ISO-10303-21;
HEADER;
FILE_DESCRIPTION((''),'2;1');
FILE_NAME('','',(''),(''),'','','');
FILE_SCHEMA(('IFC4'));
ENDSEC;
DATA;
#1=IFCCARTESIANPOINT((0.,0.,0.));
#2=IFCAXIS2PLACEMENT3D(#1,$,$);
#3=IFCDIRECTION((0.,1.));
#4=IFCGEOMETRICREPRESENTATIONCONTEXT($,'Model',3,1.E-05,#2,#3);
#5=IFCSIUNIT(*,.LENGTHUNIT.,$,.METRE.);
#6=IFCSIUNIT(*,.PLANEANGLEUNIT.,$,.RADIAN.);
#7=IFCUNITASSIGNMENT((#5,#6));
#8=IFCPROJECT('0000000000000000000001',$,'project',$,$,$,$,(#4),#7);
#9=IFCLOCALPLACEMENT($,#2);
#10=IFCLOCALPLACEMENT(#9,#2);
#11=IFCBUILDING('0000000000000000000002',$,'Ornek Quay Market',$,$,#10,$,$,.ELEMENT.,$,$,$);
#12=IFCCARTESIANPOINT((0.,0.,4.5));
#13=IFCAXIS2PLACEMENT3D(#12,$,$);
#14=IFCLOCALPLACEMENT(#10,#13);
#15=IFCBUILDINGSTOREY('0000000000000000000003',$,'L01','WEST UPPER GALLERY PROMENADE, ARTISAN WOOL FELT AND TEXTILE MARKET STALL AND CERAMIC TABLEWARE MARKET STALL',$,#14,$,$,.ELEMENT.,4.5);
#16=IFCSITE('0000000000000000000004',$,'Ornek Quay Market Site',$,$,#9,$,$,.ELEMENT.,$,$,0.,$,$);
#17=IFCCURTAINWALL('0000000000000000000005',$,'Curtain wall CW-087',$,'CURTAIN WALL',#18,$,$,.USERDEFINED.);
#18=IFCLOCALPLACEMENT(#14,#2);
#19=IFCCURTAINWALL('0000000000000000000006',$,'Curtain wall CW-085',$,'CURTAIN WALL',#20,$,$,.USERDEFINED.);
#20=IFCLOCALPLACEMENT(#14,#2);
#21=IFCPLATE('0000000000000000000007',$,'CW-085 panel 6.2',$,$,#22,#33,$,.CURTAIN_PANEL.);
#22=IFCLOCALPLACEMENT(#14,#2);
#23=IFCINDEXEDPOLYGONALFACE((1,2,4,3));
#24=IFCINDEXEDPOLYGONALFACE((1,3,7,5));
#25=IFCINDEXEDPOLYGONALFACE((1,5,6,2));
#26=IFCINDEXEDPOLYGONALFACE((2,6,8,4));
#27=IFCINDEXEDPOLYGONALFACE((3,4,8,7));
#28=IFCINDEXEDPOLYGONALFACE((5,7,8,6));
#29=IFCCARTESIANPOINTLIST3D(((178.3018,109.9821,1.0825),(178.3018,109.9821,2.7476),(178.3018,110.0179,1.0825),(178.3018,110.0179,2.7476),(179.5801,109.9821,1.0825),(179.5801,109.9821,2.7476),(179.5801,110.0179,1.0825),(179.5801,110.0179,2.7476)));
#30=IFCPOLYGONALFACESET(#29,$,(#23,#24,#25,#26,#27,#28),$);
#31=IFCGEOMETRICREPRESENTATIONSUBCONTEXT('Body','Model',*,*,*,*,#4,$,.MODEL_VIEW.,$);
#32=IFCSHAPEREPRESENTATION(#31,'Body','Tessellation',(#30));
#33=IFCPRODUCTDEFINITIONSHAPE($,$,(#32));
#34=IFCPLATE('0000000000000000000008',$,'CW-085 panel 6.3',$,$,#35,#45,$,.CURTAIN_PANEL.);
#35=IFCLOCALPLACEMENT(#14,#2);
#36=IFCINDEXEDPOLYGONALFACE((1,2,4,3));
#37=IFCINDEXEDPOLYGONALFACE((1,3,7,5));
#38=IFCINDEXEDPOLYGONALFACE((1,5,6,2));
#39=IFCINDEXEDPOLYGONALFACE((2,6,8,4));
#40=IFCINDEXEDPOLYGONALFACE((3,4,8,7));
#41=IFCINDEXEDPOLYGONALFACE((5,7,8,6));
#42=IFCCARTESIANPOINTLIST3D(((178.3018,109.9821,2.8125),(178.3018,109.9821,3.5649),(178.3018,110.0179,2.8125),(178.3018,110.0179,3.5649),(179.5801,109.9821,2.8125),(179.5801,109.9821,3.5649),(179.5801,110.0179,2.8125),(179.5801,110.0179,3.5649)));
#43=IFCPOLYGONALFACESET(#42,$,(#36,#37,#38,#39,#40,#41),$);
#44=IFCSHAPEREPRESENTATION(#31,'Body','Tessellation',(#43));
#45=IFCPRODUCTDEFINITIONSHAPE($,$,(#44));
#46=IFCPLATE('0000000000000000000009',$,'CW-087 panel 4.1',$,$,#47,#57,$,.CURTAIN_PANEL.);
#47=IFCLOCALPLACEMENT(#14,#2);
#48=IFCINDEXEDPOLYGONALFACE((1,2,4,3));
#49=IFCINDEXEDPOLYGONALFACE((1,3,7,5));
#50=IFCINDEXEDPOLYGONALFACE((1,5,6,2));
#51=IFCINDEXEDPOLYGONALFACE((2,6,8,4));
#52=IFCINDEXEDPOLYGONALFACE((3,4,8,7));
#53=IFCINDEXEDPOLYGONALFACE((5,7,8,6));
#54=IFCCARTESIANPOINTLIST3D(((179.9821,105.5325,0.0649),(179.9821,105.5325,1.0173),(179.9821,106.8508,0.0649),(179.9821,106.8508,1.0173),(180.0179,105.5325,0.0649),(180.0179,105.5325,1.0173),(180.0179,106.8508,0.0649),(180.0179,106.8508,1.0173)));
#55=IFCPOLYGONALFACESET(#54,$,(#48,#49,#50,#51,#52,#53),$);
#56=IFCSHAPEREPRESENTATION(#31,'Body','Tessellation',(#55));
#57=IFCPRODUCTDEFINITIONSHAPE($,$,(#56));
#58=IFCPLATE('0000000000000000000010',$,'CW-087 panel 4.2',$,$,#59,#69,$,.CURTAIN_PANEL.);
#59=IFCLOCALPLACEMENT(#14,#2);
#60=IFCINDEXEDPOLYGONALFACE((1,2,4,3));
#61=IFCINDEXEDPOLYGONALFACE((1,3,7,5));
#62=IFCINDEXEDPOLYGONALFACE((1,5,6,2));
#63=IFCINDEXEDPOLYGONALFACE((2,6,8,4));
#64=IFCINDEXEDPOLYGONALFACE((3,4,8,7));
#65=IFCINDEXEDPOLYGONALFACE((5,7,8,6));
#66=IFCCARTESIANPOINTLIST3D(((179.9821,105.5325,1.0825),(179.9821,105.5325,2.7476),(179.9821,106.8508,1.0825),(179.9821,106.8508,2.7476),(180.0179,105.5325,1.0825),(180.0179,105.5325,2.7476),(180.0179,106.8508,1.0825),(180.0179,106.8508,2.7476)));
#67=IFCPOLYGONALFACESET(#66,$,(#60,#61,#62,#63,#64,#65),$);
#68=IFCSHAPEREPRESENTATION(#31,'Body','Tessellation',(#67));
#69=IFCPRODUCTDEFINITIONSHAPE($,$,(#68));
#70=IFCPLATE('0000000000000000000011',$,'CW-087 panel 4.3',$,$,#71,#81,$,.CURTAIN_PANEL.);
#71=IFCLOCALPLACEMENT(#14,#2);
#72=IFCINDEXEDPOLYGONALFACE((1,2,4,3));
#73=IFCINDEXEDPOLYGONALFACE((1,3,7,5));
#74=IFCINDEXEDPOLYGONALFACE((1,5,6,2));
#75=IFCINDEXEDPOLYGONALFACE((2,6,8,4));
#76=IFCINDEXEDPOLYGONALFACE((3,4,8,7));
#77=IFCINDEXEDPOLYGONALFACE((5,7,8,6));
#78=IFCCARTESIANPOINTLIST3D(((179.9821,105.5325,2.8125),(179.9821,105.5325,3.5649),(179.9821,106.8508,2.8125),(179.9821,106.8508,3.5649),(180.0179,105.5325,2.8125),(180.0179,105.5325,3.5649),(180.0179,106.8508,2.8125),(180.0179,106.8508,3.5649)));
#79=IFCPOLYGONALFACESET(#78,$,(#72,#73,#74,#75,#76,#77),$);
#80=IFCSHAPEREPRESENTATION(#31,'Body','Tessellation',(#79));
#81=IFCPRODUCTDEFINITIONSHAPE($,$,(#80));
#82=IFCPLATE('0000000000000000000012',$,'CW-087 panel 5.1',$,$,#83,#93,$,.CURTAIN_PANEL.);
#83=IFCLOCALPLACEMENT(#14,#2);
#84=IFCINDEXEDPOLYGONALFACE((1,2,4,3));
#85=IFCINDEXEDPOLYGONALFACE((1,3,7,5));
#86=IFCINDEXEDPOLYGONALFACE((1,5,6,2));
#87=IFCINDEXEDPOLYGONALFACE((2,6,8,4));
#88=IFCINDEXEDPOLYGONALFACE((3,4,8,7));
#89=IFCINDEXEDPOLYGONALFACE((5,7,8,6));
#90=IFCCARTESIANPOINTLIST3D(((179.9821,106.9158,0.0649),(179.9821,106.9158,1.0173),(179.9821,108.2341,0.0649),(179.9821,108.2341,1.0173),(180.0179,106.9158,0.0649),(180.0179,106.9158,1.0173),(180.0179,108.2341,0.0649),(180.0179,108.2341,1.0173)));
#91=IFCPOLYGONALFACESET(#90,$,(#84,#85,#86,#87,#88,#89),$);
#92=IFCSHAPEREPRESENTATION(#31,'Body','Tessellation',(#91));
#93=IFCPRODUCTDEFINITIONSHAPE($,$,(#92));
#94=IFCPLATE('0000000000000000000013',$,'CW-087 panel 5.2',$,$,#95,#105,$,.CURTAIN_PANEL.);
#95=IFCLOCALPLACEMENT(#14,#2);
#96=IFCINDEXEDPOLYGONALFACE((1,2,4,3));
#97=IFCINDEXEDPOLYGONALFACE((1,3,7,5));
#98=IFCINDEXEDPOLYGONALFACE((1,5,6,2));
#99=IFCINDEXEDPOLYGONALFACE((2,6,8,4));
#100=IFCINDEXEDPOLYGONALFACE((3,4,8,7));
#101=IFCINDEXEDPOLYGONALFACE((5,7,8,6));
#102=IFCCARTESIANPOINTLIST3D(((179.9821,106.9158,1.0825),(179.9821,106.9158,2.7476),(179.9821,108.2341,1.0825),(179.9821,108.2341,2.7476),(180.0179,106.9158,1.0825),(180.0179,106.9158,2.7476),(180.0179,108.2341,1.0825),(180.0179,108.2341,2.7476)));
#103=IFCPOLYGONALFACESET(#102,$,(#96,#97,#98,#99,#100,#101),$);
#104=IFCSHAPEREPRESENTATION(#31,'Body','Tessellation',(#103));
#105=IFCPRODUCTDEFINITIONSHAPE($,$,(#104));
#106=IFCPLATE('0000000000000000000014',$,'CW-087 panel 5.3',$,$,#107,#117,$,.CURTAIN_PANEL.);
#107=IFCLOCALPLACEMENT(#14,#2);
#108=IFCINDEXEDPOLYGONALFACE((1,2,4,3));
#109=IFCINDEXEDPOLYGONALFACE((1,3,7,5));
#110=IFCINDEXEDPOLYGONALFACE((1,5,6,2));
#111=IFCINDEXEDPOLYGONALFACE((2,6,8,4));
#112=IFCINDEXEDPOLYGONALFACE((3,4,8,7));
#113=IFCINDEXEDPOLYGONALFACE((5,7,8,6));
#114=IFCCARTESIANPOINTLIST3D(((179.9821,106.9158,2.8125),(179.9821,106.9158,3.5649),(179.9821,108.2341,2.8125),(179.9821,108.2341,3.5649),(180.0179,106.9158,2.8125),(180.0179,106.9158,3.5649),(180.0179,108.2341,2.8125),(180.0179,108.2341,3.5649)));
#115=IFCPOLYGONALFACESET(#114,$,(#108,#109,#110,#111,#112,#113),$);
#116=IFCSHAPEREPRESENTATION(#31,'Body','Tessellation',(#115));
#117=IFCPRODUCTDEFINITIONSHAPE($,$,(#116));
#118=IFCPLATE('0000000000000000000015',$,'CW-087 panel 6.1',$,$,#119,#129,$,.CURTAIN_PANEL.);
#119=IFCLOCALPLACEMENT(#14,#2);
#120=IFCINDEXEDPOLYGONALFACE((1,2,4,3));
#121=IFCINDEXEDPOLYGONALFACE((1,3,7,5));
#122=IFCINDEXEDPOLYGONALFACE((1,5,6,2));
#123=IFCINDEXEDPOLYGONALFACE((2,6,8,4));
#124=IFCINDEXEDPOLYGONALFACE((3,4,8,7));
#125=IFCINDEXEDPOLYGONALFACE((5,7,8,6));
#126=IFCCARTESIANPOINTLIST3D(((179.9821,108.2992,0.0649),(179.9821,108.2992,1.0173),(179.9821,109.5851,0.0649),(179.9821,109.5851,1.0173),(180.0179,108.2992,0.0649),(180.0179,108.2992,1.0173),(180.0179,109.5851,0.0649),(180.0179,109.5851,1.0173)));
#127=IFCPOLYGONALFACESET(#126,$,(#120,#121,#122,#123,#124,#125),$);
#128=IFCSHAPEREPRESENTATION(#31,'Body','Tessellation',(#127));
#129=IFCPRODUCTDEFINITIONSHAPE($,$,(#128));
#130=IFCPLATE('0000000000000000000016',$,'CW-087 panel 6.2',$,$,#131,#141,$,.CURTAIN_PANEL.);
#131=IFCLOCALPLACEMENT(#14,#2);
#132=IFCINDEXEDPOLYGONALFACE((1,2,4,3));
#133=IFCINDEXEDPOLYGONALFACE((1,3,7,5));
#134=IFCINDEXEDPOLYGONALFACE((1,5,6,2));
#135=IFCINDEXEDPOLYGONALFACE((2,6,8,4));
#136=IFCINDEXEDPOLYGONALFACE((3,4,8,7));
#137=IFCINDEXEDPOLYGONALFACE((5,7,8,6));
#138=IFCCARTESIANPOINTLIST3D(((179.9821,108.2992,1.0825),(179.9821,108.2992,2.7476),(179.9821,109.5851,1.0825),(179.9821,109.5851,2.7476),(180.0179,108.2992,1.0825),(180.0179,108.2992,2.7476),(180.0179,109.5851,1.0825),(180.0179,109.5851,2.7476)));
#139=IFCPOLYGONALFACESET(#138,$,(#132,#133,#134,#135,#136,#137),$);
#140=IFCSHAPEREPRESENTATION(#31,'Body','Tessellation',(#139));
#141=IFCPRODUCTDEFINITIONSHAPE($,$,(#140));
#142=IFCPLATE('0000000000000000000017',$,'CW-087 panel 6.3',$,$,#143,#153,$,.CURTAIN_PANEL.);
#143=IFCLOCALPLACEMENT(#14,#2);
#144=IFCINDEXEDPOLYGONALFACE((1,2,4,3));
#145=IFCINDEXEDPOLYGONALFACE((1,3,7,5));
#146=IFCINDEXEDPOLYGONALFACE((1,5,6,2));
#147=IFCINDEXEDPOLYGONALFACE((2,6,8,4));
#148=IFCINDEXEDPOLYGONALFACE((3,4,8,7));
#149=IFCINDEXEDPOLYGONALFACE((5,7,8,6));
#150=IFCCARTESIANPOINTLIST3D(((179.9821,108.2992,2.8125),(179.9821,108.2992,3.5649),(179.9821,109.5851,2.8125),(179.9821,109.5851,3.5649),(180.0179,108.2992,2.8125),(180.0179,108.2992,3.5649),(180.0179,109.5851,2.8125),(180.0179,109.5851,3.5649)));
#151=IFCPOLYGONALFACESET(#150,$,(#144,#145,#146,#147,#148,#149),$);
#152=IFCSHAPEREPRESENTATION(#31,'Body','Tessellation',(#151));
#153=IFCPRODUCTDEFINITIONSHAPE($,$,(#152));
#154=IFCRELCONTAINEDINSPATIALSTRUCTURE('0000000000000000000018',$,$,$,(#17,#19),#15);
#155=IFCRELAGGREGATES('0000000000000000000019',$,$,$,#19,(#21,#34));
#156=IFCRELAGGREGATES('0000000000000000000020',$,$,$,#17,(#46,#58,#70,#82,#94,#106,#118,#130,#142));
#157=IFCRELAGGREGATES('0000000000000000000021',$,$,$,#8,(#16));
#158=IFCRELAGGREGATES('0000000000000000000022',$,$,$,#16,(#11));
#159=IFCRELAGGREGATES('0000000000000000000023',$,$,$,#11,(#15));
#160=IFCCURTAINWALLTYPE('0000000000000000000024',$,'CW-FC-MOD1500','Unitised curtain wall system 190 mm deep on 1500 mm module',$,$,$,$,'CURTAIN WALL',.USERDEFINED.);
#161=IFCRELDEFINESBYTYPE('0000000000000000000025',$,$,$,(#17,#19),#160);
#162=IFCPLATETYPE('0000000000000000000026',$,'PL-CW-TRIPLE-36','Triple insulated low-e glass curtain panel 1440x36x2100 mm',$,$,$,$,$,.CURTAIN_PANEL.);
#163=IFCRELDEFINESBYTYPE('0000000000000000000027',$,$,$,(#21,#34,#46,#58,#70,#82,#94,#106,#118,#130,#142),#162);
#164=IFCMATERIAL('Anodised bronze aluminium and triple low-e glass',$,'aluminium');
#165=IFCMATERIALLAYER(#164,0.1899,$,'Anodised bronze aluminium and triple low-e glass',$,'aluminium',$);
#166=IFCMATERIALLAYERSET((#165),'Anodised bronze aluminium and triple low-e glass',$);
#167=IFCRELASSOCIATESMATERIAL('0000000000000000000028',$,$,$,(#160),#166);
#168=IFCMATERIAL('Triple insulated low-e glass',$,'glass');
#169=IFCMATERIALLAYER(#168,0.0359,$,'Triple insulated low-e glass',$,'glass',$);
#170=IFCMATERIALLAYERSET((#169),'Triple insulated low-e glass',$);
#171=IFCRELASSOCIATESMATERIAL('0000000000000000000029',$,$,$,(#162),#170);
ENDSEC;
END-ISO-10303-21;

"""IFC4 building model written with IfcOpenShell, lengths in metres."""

from ifc_helpers import new_model, si_unit, direction, frame, origin, origin_2d, place, context, subcontext, project, spatial, rectangle, extrude, material, layer, layer_set, type_object, element, aggregate, save


model = new_model("IFC4")

# Units and contexts
model_context = context("Model", 3, precision=1e-05, world=origin(), true_north=direction((0.0, 1.0)))
body_context = subcontext(model_context, "Body", "Model", "MODEL_VIEW")
ifc_project = project(units=[si_unit("LENGTHUNIT", "METRE"), si_unit("PLANEANGLEUNIT", "RADIAN")], contexts=[model_context])

# Site, building, storey
site_placement = place(None, origin())
site = spatial("IfcSite", under=ifc_project, at=site_placement, Name="Ornek Quay Market Site", CompositionType="ELEMENT", RefElevation=0.0)
building_placement = place(site_placement, origin())
building = spatial("IfcBuilding", under=site, at=building_placement, Name="Ornek Quay Market", CompositionType="ELEMENT")
storey_placement = place(building_placement, frame((0.0, 0.0, 4.5)))
storey = spatial("IfcBuildingStorey", under=building, at=storey_placement, Name="L01", Description="WEST UPPER GALLERY PROMENADE, ARTISAN WOOL FELT AND TEXTILE MARKET STALL AND CERAMIC TABLEWARE MARKET STALL", CompositionType="ELEMENT", Elevation=4.5)

# Curtain walls
ifc_material_1 = material(Name="Anodised bronze aluminium and triple low-e glass", Category="aluminium")
ifc_layer_1 = layer(ifc_material_1, 0.1899, Name="Anodised bronze aluminium and triple low-e glass", Category="aluminium")
ifc_layer_set_1 = layer_set([ifc_layer_1], Name="Anodised bronze aluminium and triple low-e glass")
curtain_wall_type = type_object("IfcCurtainWallType", Name="CW-FC-MOD1500", Description="Unitised curtain wall system 190 mm deep on 1500 mm module", ElementType="CURTAIN WALL", PredefinedType="USERDEFINED", material=ifc_layer_set_1)
curtain_wall_1_placement = place(storey_placement, origin())
curtain_wall_1 = element("IfcCurtainWall", 1, at=curtain_wall_1_placement, inside=storey, type_object=curtain_wall_type, Name="Curtain wall CW-087", ObjectType="CURTAIN WALL", PredefinedType="USERDEFINED")
curtain_wall_2_placement = place(storey_placement, origin())
curtain_wall_2 = element("IfcCurtainWall", 2, at=curtain_wall_2_placement, inside=storey, type_object=curtain_wall_type, Name="Curtain wall CW-085", ObjectType="CURTAIN WALL", PredefinedType="USERDEFINED")

# Plates
ifc_material_2 = material(Name="Triple insulated low-e glass", Category="glass")
ifc_layer_2 = layer(ifc_material_2, 0.0359, Name="Triple insulated low-e glass", Category="glass")
ifc_layer_set_2 = layer_set([ifc_layer_2], Name="Triple insulated low-e glass")
plate_type = type_object("IfcPlateType", Name="PL-CW-TRIPLE-36", Description="Triple insulated low-e glass curtain panel 1440x36x2100 mm", PredefinedType="CURTAIN_PANEL", material=ifc_layer_set_2)
plate_1_placement = place(storey_placement, frame((178.9409, 110.0, 1.0825), z_axis=(0.0, 0.0, 1.0), x_axis=(1.0, 0.0, 0.0)))
plate_1 = element("IfcPlate", 3, at=plate_1_placement, type_object=plate_type, Name="CW-085 panel 6.2", PredefinedType="CURTAIN_PANEL", context=body_context, shape_type="SweptSolid", body=[
    extrude(rectangle(XDim=1.2783, YDim=0.0359, at=origin_2d()), origin(), (0.0, 0.0, 1.0), 1.665),
])
plate_2_placement = place(storey_placement, frame((178.9409, 110.0, 2.8125), z_axis=(0.0, 0.0, 1.0), x_axis=(1.0, 0.0, 0.0)))
plate_2 = element("IfcPlate", 4, at=plate_2_placement, type_object=plate_type, Name="CW-085 panel 6.3", PredefinedType="CURTAIN_PANEL", context=body_context, shape_type="SweptSolid", body=[
    extrude(rectangle(XDim=1.2783, YDim=0.0359, at=origin_2d()), origin(), (0.0, 0.0, 1.0), 0.7524),
])
aggregate(curtain_wall_2, [plate_1, plate_2])
plate_3_placement = place(storey_placement, frame((180.0, 106.1917, 0.0649), z_axis=(0.0, 0.0, 1.0), x_axis=(0.0, 1.0, 0.0)))
plate_3 = element("IfcPlate", 5, at=plate_3_placement, type_object=plate_type, Name="CW-087 panel 4.1", PredefinedType="CURTAIN_PANEL", context=body_context, shape_type="SweptSolid", body=[
    extrude(rectangle(XDim=1.3184, YDim=0.0359, at=origin_2d()), origin(), (0.0, 0.0, 1.0), 0.9524),
])
plate_4_placement = place(storey_placement, frame((180.0, 106.1917, 1.0825), z_axis=(0.0, 0.0, 1.0), x_axis=(0.0, 1.0, 0.0)))
plate_4 = element("IfcPlate", 6, at=plate_4_placement, type_object=plate_type, Name="CW-087 panel 4.2", PredefinedType="CURTAIN_PANEL", context=body_context, shape_type="SweptSolid", body=[
    extrude(rectangle(XDim=1.3184, YDim=0.0359, at=origin_2d()), origin(), (0.0, 0.0, 1.0), 1.665),
])
plate_5_placement = place(storey_placement, frame((180.0, 106.1917, 2.8125), z_axis=(0.0, 0.0, 1.0), x_axis=(0.0, 1.0, 0.0)))
plate_5 = element("IfcPlate", 7, at=plate_5_placement, type_object=plate_type, Name="CW-087 panel 4.3", PredefinedType="CURTAIN_PANEL", context=body_context, shape_type="SweptSolid", body=[
    extrude(rectangle(XDim=1.3184, YDim=0.0359, at=origin_2d()), origin(), (0.0, 0.0, 1.0), 0.7524),
])
plate_6_placement = place(storey_placement, frame((180.0, 107.575, 0.0649), z_axis=(0.0, 0.0, 1.0), x_axis=(0.0, 1.0, 0.0)))
plate_6 = element("IfcPlate", 8, at=plate_6_placement, type_object=plate_type, Name="CW-087 panel 5.1", PredefinedType="CURTAIN_PANEL", context=body_context, shape_type="SweptSolid", body=[
    extrude(rectangle(XDim=1.3184, YDim=0.0359, at=origin_2d()), origin(), (0.0, 0.0, 1.0), 0.9524),
])
plate_7_placement = place(storey_placement, frame((180.0, 107.575, 1.0825), z_axis=(0.0, 0.0, 1.0), x_axis=(0.0, 1.0, 0.0)))
plate_7 = element("IfcPlate", 9, at=plate_7_placement, type_object=plate_type, Name="CW-087 panel 5.2", PredefinedType="CURTAIN_PANEL", context=body_context, shape_type="SweptSolid", body=[
    extrude(rectangle(XDim=1.3184, YDim=0.0359, at=origin_2d()), origin(), (0.0, 0.0, 1.0), 1.665),
])
plate_8_placement = place(storey_placement, frame((180.0, 107.575, 2.8125), z_axis=(0.0, 0.0, 1.0), x_axis=(0.0, 1.0, 0.0)))
plate_8 = element("IfcPlate", 10, at=plate_8_placement, type_object=plate_type, Name="CW-087 panel 5.3", PredefinedType="CURTAIN_PANEL", context=body_context, shape_type="SweptSolid", body=[
    extrude(rectangle(XDim=1.3184, YDim=0.0359, at=origin_2d()), origin(), (0.0, 0.0, 1.0), 0.7524),
])
plate_9_placement = place(storey_placement, frame((180.0, 108.9421, 0.0649), z_axis=(0.0, 0.0, 1.0), x_axis=(0.0, 1.0, 0.0)))
plate_9 = element("IfcPlate", 11, at=plate_9_placement, type_object=plate_type, Name="CW-087 panel 6.1", PredefinedType="CURTAIN_PANEL", context=body_context, shape_type="SweptSolid", body=[
    extrude(rectangle(XDim=1.2859, YDim=0.0359, at=origin_2d()), origin(), (0.0, 0.0, 1.0), 0.9524),
])
plate_10_placement = place(storey_placement, frame((180.0, 108.9421, 1.0825), z_axis=(0.0, 0.0, 1.0), x_axis=(0.0, 1.0, 0.0)))
plate_10 = element("IfcPlate", 12, at=plate_10_placement, type_object=plate_type, Name="CW-087 panel 6.2", PredefinedType="CURTAIN_PANEL", context=body_context, shape_type="SweptSolid", body=[
    extrude(rectangle(XDim=1.2859, YDim=0.0359, at=origin_2d()), origin(), (0.0, 0.0, 1.0), 1.665),
])
plate_11_placement = place(storey_placement, frame((180.0, 108.9421, 2.8125), z_axis=(0.0, 0.0, 1.0), x_axis=(0.0, 1.0, 0.0)))
plate_11 = element("IfcPlate", 13, at=plate_11_placement, type_object=plate_type, Name="CW-087 panel 6.3", PredefinedType="CURTAIN_PANEL", context=body_context, shape_type="SweptSolid", body=[
    extrude(rectangle(XDim=1.2859, YDim=0.0359, at=origin_2d()), origin(), (0.0, 0.0, 1.0), 0.7524),
])
aggregate(curtain_wall_1, [plate_3, plate_4, plate_5, plate_6, plate_7, plate_8, plate_9, plate_10, plate_11])

save(model, "model.ifc")
